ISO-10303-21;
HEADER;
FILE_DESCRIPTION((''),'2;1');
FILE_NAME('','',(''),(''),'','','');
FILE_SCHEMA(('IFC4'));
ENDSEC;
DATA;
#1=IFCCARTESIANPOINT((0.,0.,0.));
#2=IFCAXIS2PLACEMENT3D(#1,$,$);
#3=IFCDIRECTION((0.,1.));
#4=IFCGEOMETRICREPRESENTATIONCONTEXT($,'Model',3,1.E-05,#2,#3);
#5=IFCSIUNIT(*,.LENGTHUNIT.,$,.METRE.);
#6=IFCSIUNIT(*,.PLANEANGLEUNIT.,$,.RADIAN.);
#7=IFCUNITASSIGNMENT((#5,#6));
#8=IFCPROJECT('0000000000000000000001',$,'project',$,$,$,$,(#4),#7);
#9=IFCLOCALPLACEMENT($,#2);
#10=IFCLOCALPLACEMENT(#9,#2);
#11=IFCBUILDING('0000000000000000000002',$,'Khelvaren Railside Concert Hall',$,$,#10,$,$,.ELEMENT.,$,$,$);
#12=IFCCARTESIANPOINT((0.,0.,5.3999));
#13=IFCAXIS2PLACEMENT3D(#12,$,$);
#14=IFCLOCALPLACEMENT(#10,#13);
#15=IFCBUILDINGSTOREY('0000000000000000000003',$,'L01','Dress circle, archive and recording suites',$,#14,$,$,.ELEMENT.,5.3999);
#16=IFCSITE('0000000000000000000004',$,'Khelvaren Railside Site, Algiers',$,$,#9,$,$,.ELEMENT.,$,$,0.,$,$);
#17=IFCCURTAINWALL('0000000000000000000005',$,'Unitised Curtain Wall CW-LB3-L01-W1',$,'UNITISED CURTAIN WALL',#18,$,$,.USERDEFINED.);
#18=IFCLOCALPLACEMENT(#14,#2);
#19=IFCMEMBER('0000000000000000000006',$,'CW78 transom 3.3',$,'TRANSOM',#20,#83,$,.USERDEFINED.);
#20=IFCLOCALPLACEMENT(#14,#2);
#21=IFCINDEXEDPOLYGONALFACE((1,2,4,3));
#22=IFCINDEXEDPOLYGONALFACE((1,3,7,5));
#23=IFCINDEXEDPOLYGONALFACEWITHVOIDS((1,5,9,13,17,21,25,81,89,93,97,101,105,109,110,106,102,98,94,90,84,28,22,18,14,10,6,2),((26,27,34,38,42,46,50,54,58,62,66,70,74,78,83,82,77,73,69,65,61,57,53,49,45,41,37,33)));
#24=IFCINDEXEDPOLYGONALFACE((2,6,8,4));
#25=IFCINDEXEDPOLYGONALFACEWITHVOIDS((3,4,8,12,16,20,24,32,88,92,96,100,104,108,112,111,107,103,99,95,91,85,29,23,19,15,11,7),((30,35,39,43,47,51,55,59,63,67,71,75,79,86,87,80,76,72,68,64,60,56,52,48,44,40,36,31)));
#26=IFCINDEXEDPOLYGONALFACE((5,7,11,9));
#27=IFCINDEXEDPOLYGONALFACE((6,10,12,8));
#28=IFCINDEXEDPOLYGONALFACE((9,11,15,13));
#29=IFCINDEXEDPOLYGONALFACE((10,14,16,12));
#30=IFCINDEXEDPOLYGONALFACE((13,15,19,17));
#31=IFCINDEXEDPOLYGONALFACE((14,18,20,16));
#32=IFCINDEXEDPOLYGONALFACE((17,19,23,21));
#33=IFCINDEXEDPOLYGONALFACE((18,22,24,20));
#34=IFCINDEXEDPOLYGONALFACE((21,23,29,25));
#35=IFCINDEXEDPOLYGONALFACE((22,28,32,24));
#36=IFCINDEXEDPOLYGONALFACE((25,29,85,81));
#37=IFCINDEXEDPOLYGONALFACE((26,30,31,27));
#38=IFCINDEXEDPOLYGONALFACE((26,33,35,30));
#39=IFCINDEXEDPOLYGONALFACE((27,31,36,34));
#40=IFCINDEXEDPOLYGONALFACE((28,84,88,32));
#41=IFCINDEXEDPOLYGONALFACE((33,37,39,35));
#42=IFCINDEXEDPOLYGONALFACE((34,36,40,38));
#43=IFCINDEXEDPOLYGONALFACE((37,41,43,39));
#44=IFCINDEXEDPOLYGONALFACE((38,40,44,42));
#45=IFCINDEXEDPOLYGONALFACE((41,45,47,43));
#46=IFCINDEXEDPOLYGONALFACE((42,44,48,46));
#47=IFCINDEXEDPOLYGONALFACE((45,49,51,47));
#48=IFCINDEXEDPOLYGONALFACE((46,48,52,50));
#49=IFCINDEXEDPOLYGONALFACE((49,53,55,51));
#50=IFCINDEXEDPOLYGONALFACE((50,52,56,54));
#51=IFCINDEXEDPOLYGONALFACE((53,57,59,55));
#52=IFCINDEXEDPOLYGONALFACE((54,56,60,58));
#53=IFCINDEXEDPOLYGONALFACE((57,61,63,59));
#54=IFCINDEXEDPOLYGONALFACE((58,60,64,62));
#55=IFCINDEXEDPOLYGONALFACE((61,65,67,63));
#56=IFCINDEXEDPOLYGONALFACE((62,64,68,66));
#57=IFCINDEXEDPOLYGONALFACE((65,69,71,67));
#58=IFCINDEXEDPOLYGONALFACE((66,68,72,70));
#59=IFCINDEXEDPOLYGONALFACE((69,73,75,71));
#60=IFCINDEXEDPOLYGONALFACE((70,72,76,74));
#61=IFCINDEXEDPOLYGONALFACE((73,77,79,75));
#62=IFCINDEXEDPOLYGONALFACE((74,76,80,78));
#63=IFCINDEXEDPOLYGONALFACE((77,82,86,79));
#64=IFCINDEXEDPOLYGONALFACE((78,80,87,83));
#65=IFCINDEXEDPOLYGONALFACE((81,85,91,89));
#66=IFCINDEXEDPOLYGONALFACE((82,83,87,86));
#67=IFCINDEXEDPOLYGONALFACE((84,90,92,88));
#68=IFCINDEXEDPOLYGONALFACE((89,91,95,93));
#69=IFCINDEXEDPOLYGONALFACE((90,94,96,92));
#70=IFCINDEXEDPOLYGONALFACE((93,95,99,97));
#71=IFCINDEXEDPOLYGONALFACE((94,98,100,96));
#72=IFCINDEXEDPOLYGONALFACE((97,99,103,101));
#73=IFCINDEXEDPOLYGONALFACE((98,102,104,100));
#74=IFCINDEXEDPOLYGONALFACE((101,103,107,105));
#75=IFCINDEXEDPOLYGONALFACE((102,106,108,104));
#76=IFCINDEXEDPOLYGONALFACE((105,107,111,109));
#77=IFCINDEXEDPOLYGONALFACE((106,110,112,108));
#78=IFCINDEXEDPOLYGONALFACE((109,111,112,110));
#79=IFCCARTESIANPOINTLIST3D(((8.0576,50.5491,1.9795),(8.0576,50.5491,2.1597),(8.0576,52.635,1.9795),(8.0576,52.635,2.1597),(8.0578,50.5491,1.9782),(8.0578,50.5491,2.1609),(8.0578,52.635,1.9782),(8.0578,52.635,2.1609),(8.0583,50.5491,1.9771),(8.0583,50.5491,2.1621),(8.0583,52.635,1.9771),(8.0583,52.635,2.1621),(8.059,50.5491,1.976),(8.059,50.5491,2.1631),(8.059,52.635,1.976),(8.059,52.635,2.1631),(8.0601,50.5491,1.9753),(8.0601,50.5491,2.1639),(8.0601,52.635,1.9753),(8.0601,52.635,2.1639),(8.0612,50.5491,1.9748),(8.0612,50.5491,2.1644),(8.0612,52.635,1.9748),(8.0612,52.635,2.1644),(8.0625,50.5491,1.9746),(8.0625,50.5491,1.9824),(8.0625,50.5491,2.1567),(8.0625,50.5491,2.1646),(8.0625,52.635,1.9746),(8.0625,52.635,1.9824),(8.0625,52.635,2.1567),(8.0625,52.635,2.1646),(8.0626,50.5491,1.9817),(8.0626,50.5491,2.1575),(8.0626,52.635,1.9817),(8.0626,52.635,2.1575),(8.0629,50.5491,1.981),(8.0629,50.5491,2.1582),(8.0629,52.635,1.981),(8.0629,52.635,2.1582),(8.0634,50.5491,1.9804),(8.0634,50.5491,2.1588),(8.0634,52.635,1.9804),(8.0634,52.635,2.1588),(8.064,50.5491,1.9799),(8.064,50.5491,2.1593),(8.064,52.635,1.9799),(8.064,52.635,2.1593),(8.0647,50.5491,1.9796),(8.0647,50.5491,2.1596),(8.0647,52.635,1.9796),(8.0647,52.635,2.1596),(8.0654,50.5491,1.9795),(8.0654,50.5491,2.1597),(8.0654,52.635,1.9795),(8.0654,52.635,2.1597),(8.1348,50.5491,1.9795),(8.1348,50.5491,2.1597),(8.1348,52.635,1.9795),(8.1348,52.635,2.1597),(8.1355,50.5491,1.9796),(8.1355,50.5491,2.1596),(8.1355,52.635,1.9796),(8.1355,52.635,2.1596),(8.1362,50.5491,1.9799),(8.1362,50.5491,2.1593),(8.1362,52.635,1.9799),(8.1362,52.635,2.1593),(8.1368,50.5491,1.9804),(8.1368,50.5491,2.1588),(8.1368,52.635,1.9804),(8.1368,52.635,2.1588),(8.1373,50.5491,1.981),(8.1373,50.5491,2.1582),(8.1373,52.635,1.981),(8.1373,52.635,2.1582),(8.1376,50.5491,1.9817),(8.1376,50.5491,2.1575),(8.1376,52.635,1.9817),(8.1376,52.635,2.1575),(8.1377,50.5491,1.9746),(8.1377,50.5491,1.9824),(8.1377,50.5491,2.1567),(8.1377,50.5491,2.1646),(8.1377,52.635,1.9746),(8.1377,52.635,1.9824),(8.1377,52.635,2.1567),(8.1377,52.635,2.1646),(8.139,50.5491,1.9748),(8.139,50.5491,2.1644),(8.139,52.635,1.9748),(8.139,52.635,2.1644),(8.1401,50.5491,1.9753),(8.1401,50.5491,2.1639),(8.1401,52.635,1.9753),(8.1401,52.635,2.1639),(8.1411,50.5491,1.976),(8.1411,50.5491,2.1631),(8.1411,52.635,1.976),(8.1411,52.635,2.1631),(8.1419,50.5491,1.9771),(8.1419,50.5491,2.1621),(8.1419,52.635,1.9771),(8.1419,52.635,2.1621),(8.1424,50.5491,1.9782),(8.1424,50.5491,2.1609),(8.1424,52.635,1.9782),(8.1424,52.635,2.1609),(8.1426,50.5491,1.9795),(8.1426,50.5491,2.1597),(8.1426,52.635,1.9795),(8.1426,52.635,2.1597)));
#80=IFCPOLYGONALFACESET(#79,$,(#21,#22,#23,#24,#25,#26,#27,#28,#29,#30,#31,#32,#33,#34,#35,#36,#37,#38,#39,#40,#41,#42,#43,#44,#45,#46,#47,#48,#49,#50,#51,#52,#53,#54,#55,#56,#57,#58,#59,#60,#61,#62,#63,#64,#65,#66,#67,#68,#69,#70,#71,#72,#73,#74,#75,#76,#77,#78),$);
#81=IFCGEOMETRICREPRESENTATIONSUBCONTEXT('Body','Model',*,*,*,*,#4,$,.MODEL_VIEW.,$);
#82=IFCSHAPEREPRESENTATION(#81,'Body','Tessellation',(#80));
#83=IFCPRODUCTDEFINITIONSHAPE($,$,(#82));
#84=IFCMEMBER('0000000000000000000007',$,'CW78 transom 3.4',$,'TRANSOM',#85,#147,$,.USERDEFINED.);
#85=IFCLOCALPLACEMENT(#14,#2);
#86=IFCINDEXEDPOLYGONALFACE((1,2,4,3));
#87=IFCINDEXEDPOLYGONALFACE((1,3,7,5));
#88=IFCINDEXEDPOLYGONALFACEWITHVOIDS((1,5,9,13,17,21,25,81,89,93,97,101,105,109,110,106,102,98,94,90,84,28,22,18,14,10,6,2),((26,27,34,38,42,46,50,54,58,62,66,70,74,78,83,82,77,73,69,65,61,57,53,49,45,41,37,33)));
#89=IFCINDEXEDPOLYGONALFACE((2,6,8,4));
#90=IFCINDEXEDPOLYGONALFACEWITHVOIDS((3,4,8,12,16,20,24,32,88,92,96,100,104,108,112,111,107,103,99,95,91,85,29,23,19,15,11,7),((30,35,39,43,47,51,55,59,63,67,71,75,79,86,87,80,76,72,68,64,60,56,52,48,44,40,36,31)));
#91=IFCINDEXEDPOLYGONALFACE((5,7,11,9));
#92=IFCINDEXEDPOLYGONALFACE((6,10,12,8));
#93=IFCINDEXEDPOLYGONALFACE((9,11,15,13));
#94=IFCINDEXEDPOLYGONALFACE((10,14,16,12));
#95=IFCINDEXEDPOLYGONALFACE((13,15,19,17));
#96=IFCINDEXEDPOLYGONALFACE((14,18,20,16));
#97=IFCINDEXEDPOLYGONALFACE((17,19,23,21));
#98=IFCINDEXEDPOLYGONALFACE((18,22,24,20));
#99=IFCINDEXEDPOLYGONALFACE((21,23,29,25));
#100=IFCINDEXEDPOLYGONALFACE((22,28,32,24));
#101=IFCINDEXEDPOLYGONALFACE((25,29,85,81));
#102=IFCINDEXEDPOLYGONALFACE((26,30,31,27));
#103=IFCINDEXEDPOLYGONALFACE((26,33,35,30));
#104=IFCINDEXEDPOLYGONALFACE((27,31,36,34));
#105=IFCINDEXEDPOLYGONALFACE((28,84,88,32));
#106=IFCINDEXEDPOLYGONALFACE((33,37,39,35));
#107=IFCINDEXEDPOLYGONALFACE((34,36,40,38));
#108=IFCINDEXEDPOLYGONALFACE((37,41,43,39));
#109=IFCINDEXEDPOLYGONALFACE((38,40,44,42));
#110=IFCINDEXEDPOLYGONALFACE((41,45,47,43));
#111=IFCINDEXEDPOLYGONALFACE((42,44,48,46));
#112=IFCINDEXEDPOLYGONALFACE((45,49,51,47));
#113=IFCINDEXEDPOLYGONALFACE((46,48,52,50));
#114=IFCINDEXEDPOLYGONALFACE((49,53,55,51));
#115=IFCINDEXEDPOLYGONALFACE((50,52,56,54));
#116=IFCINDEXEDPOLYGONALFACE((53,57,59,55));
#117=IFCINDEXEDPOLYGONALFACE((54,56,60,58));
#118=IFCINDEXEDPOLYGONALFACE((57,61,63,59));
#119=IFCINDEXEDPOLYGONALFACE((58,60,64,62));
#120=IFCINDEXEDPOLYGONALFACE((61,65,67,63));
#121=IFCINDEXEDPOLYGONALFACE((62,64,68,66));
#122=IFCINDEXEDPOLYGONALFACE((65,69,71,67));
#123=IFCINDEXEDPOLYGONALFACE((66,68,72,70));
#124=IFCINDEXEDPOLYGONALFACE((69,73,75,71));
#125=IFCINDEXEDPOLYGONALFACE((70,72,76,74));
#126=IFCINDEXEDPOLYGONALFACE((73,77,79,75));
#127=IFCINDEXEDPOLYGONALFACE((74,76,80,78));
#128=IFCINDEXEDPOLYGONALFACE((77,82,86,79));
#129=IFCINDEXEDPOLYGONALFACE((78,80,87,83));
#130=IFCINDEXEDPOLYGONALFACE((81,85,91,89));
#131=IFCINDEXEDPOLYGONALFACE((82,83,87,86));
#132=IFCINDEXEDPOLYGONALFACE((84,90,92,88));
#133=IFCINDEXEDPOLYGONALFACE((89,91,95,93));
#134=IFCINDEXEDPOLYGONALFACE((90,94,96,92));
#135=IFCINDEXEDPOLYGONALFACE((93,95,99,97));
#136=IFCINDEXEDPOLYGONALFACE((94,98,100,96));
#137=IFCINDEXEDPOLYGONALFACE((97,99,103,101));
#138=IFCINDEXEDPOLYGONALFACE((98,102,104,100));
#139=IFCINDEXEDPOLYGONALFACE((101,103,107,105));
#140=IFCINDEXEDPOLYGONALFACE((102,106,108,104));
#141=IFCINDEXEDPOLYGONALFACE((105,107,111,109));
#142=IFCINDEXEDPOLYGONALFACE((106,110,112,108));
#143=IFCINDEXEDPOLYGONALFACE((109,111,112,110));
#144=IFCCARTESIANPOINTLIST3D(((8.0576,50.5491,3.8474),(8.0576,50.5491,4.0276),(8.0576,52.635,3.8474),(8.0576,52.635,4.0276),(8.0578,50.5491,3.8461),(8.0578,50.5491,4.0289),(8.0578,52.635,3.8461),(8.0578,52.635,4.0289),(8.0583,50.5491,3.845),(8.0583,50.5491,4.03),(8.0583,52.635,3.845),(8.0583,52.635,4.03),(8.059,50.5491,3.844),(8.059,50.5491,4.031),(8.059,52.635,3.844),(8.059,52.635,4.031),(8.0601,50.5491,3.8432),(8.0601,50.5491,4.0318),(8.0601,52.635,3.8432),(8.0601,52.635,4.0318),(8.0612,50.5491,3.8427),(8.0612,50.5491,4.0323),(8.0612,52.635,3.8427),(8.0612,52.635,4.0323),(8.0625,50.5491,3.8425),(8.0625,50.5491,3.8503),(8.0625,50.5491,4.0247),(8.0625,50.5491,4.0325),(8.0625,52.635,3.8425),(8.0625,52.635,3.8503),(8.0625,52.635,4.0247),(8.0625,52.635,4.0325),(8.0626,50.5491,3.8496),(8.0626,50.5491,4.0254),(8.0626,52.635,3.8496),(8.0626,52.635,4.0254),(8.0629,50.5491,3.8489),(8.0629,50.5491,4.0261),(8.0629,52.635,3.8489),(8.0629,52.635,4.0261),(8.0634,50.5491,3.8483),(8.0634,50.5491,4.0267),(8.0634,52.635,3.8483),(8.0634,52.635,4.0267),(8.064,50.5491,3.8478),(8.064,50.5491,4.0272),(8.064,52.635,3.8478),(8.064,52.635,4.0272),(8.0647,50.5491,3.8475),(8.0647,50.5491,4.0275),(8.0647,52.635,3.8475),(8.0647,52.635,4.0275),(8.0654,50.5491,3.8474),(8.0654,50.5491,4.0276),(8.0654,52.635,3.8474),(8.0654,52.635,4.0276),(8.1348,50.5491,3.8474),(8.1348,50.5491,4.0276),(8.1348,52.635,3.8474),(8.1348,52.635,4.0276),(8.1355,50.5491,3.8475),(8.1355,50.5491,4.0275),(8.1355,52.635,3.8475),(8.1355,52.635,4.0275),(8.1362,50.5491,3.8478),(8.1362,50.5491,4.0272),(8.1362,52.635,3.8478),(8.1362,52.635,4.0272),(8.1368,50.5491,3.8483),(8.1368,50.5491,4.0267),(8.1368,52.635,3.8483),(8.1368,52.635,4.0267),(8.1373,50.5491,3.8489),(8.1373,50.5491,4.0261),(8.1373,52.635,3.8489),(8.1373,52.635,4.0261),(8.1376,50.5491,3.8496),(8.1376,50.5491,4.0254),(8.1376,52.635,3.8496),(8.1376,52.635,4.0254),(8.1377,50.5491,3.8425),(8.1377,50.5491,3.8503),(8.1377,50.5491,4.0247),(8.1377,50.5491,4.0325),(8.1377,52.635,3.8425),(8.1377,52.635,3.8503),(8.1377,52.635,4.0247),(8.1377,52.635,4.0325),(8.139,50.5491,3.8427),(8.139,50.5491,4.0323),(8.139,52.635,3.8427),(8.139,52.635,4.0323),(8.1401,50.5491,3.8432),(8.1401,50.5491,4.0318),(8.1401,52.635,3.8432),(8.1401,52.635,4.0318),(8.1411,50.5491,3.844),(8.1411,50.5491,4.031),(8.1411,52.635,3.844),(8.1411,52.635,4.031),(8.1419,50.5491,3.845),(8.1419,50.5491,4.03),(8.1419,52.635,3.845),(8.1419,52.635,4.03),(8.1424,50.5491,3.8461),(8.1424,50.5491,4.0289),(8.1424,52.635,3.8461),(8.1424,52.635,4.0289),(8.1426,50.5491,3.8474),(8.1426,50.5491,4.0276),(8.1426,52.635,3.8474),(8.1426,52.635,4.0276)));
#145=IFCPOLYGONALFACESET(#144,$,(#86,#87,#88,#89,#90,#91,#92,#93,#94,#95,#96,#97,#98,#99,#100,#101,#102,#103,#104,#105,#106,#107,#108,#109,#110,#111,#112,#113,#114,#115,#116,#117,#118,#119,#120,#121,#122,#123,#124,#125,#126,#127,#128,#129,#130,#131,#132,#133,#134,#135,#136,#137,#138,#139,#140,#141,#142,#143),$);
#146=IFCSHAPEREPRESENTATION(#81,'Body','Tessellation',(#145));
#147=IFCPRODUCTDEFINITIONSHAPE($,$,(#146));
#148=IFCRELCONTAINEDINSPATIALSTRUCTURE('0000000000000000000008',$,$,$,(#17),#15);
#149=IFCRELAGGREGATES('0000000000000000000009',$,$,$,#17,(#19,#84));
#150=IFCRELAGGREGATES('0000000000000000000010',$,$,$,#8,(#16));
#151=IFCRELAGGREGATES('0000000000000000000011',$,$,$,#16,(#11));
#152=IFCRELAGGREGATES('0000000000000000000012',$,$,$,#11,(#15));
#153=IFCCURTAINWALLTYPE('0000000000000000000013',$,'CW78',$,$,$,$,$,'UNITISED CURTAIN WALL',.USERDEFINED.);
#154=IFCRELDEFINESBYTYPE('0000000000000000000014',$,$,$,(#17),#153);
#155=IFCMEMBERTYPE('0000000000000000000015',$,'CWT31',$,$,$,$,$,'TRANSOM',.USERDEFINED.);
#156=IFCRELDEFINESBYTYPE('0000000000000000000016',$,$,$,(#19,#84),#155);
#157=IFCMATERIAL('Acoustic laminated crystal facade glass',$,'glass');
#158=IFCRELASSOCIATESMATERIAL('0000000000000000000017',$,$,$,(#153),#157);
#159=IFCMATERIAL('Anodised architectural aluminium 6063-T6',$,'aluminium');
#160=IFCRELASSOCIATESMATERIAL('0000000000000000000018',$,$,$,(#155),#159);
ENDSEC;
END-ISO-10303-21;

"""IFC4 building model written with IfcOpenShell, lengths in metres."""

from ifc_helpers import new_model, si_unit, direction, frame, origin, origin_2d, place, context, subcontext, project, spatial, hollow_rectangle, extrude, material, material_profile, profile_set, type_object, element, aggregate, save


model = new_model("IFC4")

# Units and contexts
model_context = context("Model", 3, precision=1e-05, world=origin(), true_north=direction((0.0, 1.0)))
body_context = subcontext(model_context, "Body", "Model", "MODEL_VIEW")
ifc_project = project(units=[si_unit("LENGTHUNIT", "METRE"), si_unit("PLANEANGLEUNIT", "RADIAN")], contexts=[model_context])

# Site, building, storey
site_placement = place(None, origin())
site = spatial("IfcSite", under=ifc_project, at=site_placement, Name="Khelvaren Railside Site, Algiers", CompositionType="ELEMENT", RefElevation=0.0)
building_placement = place(site_placement, origin())
building = spatial("IfcBuilding", under=site, at=building_placement, Name="Khelvaren Railside Concert Hall", CompositionType="ELEMENT")
storey_placement = place(building_placement, frame((0.0, 0.0, 5.3999)))
storey = spatial("IfcBuildingStorey", under=building, at=storey_placement, Name="L01", Description="Dress circle, archive and recording suites", CompositionType="ELEMENT", Elevation=5.3999)

# Curtain wall
ifc_material_1 = material(Name="Acoustic laminated crystal facade glass", Category="glass")
curtain_wall_type = type_object("IfcCurtainWallType", Name="CW78", ElementType="UNITISED CURTAIN WALL", PredefinedType="USERDEFINED", material=ifc_material_1)
curtain_wall_1_placement = place(storey_placement, origin())
curtain_wall_1 = element("IfcCurtainWall", 1, at=curtain_wall_1_placement, inside=storey, type_object=curtain_wall_type, Name="Unitised Curtain Wall CW-LB3-L01-W1", ObjectType="UNITISED CURTAIN WALL", PredefinedType="USERDEFINED")
ifc_material_2 = material(Name="Anodised architectural aluminium 6063-T6", Category="aluminium")

# Members
ifc_material_profile_1 = material_profile(ifc_material_2, hollow_rectangle(XDim=0.085, YDim=0.1899, WallThickness=0.0049, InnerFilletRadius=0.0029, OuterFilletRadius=0.0049, at=origin_2d()), Name="CWT 85x190x5")
ifc_profile_set_1 = profile_set([ifc_material_profile_1], Name="Anodised architectural aluminium 6063-T6")
member_type_1 = type_object("IfcMemberType", Name="CWT31", ElementType="TRANSOM", PredefinedType="USERDEFINED", material=ifc_profile_set_1)
member_1_placement = place(storey_placement, frame((8.1001, 50.5491, 2.0696), z_axis=(0.0, 1.0, 0.0), x_axis=(-1.0, 0.0, 0.0)))
member_1 = element("IfcMember", 2, at=member_1_placement, type_object=member_type_1, Name="CW78 transom 3.3", ObjectType="TRANSOM", PredefinedType="USERDEFINED", context=body_context, shape_type="SweptSolid", body=[
    extrude(hollow_rectangle(XDim=0.085, YDim=0.1899, WallThickness=0.0049, InnerFilletRadius=0.0029, OuterFilletRadius=0.0049, at=origin_2d()), origin(), (0.0, 0.0, 1.0), 2.0859),
])
member_2_placement = place(storey_placement, frame((8.1001, 50.5491, 3.9375), z_axis=(0.0, 1.0, 0.0), x_axis=(-1.0, 0.0, 0.0)))
member_2 = element("IfcMember", 3, at=member_2_placement, type_object=member_type_1, Name="CW78 transom 3.4", ObjectType="TRANSOM", PredefinedType="USERDEFINED", context=body_context, shape_type="SweptSolid", body=[
    extrude(hollow_rectangle(XDim=0.085, YDim=0.1899, WallThickness=0.0049, InnerFilletRadius=0.0029, OuterFilletRadius=0.0049, at=origin_2d()), origin(), (0.0, 0.0, 1.0), 2.0859),
])

aggregate(curtain_wall_1, [member_1, member_2])

save(model, "model.ifc")
